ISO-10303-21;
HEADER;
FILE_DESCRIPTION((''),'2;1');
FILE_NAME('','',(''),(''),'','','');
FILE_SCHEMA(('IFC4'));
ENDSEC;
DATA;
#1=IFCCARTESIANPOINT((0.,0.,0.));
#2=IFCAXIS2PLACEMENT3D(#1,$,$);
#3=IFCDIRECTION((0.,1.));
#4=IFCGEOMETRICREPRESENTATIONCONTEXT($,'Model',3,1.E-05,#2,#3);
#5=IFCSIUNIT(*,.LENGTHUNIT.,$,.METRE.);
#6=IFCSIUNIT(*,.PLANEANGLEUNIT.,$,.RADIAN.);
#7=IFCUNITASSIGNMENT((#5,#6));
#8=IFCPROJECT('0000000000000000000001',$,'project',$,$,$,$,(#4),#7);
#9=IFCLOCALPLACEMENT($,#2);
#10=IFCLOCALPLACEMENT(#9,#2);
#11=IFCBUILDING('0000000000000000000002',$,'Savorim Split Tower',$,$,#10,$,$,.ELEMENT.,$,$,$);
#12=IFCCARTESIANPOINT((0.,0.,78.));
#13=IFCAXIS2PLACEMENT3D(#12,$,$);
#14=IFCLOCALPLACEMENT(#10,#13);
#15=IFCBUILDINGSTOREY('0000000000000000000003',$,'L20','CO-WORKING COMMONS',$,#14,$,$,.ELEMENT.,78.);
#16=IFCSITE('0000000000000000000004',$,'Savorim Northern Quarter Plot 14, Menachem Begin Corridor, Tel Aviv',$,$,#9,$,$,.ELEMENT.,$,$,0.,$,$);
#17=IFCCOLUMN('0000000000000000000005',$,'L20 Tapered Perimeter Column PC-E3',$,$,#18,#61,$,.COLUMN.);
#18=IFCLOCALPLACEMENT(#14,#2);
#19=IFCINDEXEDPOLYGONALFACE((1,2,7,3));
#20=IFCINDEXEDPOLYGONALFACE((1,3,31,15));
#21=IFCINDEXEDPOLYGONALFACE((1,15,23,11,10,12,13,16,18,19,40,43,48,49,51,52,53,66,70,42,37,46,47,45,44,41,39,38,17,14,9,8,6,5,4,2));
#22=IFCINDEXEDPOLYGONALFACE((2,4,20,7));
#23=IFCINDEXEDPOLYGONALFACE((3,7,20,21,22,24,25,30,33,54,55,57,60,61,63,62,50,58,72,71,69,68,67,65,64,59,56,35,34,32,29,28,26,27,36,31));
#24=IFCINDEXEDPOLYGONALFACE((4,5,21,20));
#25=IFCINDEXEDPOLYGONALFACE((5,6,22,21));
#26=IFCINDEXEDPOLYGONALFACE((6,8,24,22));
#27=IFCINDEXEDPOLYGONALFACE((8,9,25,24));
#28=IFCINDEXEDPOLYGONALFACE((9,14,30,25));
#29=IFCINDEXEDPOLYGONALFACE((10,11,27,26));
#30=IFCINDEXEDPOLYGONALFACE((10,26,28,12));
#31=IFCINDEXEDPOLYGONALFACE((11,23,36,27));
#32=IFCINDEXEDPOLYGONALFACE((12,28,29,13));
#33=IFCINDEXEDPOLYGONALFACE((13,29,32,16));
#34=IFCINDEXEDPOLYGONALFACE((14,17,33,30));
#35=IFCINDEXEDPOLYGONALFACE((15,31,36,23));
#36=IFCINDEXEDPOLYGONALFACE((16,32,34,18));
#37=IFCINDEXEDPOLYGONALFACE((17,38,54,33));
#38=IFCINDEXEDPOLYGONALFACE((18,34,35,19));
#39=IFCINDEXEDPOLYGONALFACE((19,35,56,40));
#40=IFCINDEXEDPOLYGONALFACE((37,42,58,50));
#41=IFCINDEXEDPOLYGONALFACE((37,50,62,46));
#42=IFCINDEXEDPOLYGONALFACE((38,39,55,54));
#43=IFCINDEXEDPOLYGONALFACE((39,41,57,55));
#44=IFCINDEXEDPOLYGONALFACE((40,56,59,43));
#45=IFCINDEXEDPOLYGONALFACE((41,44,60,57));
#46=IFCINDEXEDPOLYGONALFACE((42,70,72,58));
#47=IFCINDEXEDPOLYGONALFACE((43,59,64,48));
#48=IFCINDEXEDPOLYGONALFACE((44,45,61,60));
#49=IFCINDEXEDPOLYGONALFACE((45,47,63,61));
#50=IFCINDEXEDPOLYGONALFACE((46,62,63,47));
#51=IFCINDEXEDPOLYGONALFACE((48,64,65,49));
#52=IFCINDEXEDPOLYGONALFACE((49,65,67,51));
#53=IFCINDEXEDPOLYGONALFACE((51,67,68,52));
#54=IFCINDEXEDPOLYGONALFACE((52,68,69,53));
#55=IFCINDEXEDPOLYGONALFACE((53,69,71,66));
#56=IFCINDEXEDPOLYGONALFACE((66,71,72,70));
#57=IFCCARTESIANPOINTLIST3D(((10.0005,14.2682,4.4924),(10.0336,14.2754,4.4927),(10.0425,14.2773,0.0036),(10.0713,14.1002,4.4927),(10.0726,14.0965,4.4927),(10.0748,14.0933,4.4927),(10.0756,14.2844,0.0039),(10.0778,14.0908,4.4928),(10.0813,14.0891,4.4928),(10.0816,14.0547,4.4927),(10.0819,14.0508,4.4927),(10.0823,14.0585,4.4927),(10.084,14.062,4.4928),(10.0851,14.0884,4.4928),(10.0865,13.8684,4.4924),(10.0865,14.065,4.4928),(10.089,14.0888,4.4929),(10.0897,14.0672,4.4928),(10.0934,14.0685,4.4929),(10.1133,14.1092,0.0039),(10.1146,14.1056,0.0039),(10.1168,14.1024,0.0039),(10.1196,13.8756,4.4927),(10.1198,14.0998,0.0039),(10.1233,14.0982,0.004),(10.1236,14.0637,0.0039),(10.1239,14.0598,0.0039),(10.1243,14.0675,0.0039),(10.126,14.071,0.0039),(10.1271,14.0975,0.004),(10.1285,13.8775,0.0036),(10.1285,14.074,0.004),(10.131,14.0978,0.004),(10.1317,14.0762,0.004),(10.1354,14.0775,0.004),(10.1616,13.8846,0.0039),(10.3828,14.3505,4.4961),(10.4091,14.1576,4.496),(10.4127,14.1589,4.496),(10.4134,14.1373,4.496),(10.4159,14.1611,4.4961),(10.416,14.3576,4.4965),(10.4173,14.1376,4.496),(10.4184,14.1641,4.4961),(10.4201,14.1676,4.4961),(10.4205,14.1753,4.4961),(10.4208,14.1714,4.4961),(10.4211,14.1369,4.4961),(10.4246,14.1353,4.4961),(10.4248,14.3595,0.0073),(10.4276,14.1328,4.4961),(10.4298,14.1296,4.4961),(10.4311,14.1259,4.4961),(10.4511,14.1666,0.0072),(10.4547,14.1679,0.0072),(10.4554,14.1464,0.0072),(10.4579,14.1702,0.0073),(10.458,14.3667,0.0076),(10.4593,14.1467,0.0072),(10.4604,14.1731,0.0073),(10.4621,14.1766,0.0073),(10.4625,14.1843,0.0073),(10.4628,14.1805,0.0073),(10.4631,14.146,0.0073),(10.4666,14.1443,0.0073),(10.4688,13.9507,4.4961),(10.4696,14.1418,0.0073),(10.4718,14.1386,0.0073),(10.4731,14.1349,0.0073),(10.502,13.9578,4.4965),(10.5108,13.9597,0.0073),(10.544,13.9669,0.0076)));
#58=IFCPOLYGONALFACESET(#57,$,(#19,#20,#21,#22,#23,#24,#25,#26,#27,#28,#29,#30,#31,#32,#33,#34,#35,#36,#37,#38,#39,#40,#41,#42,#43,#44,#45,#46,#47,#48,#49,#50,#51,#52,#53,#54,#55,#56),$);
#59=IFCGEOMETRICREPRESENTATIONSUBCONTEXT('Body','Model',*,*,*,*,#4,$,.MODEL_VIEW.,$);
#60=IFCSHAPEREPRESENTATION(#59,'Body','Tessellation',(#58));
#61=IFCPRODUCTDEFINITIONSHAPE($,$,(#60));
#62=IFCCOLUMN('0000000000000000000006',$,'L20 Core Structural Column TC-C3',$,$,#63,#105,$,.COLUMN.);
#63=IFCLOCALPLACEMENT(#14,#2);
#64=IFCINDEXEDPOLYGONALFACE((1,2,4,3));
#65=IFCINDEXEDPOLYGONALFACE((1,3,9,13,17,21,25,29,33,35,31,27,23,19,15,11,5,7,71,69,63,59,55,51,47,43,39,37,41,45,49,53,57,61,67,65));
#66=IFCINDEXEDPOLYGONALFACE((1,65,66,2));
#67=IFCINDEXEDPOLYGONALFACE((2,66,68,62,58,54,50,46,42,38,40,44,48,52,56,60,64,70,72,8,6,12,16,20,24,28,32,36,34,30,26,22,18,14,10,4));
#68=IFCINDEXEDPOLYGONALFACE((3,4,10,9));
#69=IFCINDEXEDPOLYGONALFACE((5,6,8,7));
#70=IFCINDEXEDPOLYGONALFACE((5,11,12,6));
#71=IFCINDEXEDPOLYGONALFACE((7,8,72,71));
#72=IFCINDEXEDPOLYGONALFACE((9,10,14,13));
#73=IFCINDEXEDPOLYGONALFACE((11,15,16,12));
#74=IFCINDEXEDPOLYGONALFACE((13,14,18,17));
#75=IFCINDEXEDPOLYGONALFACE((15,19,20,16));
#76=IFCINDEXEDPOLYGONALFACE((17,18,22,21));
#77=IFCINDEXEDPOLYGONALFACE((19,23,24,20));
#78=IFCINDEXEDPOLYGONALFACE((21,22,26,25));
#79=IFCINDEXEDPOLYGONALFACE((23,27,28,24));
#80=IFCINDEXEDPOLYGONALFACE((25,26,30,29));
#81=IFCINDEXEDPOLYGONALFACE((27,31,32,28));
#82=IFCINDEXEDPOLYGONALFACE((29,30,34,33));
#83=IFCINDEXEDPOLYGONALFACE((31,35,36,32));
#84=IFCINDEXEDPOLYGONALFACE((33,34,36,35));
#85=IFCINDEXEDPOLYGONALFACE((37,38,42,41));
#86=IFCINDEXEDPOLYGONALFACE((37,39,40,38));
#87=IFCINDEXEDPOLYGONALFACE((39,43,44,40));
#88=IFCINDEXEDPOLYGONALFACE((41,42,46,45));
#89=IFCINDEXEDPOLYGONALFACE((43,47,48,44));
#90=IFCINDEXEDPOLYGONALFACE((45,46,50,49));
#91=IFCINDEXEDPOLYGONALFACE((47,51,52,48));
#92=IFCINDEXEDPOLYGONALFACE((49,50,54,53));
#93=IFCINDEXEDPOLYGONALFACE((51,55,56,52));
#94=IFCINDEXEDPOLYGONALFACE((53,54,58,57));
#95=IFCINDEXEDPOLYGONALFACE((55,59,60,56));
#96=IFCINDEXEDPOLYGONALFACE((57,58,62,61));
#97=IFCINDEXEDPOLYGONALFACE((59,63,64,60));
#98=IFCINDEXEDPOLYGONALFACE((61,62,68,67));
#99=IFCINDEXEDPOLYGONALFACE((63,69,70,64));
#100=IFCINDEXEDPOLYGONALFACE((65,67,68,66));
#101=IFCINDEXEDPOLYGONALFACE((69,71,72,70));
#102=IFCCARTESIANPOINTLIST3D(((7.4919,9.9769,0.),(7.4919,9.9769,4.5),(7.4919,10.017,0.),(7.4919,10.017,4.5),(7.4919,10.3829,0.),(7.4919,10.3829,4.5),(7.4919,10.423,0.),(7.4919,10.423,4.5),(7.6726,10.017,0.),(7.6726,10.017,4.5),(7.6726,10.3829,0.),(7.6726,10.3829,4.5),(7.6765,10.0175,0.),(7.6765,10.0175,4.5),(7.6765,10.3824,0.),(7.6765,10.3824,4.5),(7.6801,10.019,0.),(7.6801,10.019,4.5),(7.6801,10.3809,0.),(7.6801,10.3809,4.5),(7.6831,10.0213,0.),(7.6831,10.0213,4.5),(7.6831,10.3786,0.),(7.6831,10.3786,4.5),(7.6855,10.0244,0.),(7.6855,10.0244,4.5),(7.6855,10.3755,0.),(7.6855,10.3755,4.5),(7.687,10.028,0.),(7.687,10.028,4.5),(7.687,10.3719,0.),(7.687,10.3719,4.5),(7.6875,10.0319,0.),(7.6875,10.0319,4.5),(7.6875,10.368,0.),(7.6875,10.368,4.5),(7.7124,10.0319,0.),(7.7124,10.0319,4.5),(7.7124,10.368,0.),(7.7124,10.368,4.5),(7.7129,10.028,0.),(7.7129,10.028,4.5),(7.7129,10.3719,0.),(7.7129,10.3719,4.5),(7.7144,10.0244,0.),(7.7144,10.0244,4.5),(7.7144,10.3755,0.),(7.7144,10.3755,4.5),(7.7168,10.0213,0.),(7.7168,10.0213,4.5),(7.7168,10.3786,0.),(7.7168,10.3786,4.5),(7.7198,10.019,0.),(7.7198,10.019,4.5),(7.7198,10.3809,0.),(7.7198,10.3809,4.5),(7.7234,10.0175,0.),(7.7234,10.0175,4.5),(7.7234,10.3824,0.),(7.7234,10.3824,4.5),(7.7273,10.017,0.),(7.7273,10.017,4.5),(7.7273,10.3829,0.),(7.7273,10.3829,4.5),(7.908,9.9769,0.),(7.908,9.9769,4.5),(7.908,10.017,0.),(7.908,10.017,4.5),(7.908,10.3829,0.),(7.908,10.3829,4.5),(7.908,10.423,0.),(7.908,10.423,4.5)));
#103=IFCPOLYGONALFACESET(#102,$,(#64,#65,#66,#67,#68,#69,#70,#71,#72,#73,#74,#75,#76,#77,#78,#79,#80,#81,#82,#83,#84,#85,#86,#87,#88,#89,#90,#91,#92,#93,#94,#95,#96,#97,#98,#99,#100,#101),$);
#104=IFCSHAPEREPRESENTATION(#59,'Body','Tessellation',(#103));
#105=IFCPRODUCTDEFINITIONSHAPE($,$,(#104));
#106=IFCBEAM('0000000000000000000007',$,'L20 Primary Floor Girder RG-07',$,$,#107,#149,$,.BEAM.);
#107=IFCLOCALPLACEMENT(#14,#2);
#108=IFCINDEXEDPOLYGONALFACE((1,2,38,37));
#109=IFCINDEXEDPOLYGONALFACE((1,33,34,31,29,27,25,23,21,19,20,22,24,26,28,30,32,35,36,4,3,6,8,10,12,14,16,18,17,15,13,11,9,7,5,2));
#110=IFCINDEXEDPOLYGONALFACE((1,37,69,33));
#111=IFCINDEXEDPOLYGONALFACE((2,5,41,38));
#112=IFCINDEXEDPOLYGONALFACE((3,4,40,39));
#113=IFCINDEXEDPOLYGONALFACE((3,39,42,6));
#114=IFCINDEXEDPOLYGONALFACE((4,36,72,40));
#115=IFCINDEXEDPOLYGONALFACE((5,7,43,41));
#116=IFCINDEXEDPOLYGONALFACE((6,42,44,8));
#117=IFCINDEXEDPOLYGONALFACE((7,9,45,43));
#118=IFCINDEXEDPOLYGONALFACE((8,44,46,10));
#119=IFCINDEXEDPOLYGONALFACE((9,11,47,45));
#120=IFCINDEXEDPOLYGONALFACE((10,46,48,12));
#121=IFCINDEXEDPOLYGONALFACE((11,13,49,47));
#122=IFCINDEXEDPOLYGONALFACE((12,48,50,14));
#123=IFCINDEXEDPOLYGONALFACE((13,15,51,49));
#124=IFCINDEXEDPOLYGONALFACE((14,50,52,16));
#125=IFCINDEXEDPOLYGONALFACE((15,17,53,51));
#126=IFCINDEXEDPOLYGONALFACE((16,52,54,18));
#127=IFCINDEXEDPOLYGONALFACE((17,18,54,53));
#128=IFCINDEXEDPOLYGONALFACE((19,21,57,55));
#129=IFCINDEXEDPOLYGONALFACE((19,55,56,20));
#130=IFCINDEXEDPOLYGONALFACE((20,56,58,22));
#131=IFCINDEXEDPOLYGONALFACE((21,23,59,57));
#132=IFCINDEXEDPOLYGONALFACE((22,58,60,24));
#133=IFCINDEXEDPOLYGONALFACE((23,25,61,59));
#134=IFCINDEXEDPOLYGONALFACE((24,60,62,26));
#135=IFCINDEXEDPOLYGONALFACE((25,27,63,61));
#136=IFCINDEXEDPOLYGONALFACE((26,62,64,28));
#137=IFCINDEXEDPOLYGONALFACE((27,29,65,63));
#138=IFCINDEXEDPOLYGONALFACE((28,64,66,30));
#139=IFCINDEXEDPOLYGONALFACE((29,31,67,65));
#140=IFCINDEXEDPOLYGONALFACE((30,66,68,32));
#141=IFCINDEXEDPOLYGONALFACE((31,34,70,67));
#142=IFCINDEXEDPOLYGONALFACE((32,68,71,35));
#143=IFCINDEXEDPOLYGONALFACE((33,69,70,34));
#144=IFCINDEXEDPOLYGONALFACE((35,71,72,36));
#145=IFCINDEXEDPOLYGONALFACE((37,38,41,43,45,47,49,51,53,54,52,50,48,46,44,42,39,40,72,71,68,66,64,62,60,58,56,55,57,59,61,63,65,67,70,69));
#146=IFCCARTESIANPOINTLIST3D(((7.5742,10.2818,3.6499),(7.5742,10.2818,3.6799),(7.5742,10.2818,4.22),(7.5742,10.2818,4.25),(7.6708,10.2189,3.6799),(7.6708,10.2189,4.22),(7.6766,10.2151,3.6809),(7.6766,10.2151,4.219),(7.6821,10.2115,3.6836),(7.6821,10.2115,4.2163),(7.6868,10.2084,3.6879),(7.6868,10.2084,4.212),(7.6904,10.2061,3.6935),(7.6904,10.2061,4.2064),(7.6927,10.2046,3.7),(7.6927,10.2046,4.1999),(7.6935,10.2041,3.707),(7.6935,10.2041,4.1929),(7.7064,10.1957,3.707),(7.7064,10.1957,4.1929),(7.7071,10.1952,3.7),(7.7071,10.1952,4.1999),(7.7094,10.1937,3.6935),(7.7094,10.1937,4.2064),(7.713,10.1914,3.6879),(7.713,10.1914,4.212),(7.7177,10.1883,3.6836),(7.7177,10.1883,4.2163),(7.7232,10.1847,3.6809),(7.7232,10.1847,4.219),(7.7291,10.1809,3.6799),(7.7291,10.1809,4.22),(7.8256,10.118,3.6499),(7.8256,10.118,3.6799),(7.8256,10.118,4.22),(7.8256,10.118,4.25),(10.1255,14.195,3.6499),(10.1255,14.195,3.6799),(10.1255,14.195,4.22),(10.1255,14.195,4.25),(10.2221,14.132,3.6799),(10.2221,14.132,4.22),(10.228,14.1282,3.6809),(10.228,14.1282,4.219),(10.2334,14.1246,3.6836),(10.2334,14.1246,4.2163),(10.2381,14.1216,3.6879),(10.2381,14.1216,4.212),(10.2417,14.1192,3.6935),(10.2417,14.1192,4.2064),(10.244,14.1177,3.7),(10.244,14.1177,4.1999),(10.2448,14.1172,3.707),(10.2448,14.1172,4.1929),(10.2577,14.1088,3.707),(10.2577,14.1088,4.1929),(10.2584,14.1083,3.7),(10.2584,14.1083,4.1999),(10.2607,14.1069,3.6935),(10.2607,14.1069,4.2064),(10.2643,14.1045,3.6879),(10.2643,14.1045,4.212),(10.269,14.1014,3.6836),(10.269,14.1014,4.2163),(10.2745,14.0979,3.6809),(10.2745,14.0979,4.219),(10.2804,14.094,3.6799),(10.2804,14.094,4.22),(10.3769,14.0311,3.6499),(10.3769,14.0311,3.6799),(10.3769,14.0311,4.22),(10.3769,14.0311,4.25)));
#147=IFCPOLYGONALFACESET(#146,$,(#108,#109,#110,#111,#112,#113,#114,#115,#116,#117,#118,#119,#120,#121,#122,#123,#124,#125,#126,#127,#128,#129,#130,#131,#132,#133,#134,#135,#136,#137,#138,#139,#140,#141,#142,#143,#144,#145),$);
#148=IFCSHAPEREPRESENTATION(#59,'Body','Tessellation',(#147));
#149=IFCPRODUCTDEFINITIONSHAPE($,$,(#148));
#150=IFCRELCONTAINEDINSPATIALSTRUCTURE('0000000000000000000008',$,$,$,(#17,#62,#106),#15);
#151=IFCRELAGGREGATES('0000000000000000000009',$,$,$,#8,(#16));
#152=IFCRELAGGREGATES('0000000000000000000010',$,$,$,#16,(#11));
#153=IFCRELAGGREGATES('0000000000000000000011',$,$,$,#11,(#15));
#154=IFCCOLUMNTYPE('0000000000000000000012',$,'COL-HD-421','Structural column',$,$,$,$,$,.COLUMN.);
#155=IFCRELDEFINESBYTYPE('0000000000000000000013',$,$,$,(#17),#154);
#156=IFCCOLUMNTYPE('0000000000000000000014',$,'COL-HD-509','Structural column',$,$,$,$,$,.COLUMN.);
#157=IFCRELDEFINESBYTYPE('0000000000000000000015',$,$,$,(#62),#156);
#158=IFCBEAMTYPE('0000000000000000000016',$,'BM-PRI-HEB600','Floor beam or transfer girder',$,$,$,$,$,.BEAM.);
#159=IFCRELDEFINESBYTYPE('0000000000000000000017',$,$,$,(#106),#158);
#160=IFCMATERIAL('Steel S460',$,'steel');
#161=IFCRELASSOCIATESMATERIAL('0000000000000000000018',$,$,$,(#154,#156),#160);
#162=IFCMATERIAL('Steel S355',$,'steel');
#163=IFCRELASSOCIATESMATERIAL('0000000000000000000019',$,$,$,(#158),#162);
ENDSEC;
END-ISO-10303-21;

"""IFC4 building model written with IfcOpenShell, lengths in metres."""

from ifc_helpers import new_model, si_unit, direction, frame, origin, origin_2d, place, context, subcontext, project, spatial, i_section, extrude, material, material_profile, profile_set, type_object, element, save


model = new_model("IFC4")

# Units and contexts
model_context = context("Model", 3, precision=1e-05, world=origin(), true_north=direction((0.0, 1.0)))
body_context = subcontext(model_context, "Body", "Model", "MODEL_VIEW")
ifc_project = project(units=[si_unit("LENGTHUNIT", "METRE"), si_unit("PLANEANGLEUNIT", "RADIAN")], contexts=[model_context])

# Site, building, storey
site_placement = place(None, origin())
site = spatial("IfcSite", under=ifc_project, at=site_placement, Name="Savorim Northern Quarter Plot 14, Menachem Begin Corridor, Tel Aviv", CompositionType="ELEMENT", RefElevation=0.0)
building_placement = place(site_placement, origin())
building = spatial("IfcBuilding", under=site, at=building_placement, Name="Savorim Split Tower", CompositionType="ELEMENT")
storey_placement = place(building_placement, frame((0.0, 0.0, 78.0)))
storey = spatial("IfcBuildingStorey", under=building, at=storey_placement, Name="L20", Description="CO-WORKING COMMONS", CompositionType="ELEMENT", Elevation=78.0)

# Columns
ifc_material_1 = material(Name="Steel S460", Category="steel")
ifc_material_profile_1 = material_profile(ifc_material_1, i_section(OverallWidth=0.4089, OverallDepth=0.425, WebThickness=0.0208, FlangeThickness=0.0339, FilletRadius=0.0149, at=origin_2d()), Name="HD 400x421")
ifc_profile_set_1 = profile_set([ifc_material_profile_1], Name="Steel S460")
column_type_1 = type_object("IfcColumnType", Name="COL-HD-421", Description="Structural column", PredefinedType="COLUMN", material=ifc_profile_set_1)
column_1_placement = place(storey_placement, frame((10.2932, 14.1221, 0.0056), z_axis=(-0.009355, -0.002012, 0.999954), x_axis=(0.210305, -0.977636, 0.0)))
element("IfcColumn", 1, at=column_1_placement, inside=storey, type_object=column_type_1, Name="L20 Tapered Perimeter Column PC-E3", PredefinedType="COLUMN", context=body_context, shape_type="SweptSolid", body=[
    extrude(i_section(OverallWidth=0.4089, OverallDepth=0.425, WebThickness=0.0208, FlangeThickness=0.0339, FilletRadius=0.0149, at=origin_2d()), origin(), (0.0, 0.0, 1.0), 4.489),
])
ifc_material_profile_2 = material_profile(ifc_material_1, i_section(OverallWidth=0.416, OverallDepth=0.446, WebThickness=0.0249, FlangeThickness=0.04, FilletRadius=0.0149, at=origin_2d()), Name="HD 400x509")
ifc_profile_set_2 = profile_set([ifc_material_profile_2], Name="Steel S460")
column_type_2 = type_object("IfcColumnType", Name="COL-HD-509", Description="Structural column", PredefinedType="COLUMN", material=ifc_profile_set_2)
column_2_placement = place(storey_placement, frame((7.7, 10.2, 0.0), z_axis=(0.0, 0.0, 1.0), x_axis=(1.0, 0.0, 0.0)))
element("IfcColumn", 2, at=column_2_placement, inside=storey, type_object=column_type_2, Name="L20 Core Structural Column TC-C3", PredefinedType="COLUMN", context=body_context, shape_type="SweptSolid", body=[
    extrude(i_section(OverallWidth=0.416, OverallDepth=0.446, WebThickness=0.0249, FlangeThickness=0.04, FilletRadius=0.0149, at=origin_2d()), origin(), (0.0, 0.0, 1.0), 4.5),
])

# Beam
ifc_material_2 = material(Name="Steel S355", Category="steel")
ifc_material_profile_3 = material_profile(ifc_material_2, i_section(OverallWidth=0.3, OverallDepth=0.6001, WebThickness=0.0154, FlangeThickness=0.03, FilletRadius=0.0271, at=origin_2d()), Name="HEB 600")
ifc_profile_set_3 = profile_set([ifc_material_profile_3], Name="Steel S355")
beam_type_1 = type_object("IfcBeamType", Name="BM-PRI-HEB600", Description="Floor beam or transfer girder", PredefinedType="BEAM", material=ifc_profile_set_3)
beam_1_placement = place(storey_placement, frame((10.2512, 14.113, 3.95), z_axis=(-0.546156, -0.837683, 0.0), x_axis=(0.837683, -0.546156, 0.0)))
element("IfcBeam", 3, at=beam_1_placement, inside=storey, type_object=beam_type_1, Name="L20 Primary Floor Girder RG-07", PredefinedType="BEAM", context=body_context, shape_type="SweptSolid", body=[
    extrude(i_section(OverallWidth=0.3, OverallDepth=0.6001, WebThickness=0.0154, FlangeThickness=0.03, FilletRadius=0.0271, at=origin_2d()), origin(), (0.0, 0.0, 1.0), 4.6714),
])

save(model, "model.ifc")
